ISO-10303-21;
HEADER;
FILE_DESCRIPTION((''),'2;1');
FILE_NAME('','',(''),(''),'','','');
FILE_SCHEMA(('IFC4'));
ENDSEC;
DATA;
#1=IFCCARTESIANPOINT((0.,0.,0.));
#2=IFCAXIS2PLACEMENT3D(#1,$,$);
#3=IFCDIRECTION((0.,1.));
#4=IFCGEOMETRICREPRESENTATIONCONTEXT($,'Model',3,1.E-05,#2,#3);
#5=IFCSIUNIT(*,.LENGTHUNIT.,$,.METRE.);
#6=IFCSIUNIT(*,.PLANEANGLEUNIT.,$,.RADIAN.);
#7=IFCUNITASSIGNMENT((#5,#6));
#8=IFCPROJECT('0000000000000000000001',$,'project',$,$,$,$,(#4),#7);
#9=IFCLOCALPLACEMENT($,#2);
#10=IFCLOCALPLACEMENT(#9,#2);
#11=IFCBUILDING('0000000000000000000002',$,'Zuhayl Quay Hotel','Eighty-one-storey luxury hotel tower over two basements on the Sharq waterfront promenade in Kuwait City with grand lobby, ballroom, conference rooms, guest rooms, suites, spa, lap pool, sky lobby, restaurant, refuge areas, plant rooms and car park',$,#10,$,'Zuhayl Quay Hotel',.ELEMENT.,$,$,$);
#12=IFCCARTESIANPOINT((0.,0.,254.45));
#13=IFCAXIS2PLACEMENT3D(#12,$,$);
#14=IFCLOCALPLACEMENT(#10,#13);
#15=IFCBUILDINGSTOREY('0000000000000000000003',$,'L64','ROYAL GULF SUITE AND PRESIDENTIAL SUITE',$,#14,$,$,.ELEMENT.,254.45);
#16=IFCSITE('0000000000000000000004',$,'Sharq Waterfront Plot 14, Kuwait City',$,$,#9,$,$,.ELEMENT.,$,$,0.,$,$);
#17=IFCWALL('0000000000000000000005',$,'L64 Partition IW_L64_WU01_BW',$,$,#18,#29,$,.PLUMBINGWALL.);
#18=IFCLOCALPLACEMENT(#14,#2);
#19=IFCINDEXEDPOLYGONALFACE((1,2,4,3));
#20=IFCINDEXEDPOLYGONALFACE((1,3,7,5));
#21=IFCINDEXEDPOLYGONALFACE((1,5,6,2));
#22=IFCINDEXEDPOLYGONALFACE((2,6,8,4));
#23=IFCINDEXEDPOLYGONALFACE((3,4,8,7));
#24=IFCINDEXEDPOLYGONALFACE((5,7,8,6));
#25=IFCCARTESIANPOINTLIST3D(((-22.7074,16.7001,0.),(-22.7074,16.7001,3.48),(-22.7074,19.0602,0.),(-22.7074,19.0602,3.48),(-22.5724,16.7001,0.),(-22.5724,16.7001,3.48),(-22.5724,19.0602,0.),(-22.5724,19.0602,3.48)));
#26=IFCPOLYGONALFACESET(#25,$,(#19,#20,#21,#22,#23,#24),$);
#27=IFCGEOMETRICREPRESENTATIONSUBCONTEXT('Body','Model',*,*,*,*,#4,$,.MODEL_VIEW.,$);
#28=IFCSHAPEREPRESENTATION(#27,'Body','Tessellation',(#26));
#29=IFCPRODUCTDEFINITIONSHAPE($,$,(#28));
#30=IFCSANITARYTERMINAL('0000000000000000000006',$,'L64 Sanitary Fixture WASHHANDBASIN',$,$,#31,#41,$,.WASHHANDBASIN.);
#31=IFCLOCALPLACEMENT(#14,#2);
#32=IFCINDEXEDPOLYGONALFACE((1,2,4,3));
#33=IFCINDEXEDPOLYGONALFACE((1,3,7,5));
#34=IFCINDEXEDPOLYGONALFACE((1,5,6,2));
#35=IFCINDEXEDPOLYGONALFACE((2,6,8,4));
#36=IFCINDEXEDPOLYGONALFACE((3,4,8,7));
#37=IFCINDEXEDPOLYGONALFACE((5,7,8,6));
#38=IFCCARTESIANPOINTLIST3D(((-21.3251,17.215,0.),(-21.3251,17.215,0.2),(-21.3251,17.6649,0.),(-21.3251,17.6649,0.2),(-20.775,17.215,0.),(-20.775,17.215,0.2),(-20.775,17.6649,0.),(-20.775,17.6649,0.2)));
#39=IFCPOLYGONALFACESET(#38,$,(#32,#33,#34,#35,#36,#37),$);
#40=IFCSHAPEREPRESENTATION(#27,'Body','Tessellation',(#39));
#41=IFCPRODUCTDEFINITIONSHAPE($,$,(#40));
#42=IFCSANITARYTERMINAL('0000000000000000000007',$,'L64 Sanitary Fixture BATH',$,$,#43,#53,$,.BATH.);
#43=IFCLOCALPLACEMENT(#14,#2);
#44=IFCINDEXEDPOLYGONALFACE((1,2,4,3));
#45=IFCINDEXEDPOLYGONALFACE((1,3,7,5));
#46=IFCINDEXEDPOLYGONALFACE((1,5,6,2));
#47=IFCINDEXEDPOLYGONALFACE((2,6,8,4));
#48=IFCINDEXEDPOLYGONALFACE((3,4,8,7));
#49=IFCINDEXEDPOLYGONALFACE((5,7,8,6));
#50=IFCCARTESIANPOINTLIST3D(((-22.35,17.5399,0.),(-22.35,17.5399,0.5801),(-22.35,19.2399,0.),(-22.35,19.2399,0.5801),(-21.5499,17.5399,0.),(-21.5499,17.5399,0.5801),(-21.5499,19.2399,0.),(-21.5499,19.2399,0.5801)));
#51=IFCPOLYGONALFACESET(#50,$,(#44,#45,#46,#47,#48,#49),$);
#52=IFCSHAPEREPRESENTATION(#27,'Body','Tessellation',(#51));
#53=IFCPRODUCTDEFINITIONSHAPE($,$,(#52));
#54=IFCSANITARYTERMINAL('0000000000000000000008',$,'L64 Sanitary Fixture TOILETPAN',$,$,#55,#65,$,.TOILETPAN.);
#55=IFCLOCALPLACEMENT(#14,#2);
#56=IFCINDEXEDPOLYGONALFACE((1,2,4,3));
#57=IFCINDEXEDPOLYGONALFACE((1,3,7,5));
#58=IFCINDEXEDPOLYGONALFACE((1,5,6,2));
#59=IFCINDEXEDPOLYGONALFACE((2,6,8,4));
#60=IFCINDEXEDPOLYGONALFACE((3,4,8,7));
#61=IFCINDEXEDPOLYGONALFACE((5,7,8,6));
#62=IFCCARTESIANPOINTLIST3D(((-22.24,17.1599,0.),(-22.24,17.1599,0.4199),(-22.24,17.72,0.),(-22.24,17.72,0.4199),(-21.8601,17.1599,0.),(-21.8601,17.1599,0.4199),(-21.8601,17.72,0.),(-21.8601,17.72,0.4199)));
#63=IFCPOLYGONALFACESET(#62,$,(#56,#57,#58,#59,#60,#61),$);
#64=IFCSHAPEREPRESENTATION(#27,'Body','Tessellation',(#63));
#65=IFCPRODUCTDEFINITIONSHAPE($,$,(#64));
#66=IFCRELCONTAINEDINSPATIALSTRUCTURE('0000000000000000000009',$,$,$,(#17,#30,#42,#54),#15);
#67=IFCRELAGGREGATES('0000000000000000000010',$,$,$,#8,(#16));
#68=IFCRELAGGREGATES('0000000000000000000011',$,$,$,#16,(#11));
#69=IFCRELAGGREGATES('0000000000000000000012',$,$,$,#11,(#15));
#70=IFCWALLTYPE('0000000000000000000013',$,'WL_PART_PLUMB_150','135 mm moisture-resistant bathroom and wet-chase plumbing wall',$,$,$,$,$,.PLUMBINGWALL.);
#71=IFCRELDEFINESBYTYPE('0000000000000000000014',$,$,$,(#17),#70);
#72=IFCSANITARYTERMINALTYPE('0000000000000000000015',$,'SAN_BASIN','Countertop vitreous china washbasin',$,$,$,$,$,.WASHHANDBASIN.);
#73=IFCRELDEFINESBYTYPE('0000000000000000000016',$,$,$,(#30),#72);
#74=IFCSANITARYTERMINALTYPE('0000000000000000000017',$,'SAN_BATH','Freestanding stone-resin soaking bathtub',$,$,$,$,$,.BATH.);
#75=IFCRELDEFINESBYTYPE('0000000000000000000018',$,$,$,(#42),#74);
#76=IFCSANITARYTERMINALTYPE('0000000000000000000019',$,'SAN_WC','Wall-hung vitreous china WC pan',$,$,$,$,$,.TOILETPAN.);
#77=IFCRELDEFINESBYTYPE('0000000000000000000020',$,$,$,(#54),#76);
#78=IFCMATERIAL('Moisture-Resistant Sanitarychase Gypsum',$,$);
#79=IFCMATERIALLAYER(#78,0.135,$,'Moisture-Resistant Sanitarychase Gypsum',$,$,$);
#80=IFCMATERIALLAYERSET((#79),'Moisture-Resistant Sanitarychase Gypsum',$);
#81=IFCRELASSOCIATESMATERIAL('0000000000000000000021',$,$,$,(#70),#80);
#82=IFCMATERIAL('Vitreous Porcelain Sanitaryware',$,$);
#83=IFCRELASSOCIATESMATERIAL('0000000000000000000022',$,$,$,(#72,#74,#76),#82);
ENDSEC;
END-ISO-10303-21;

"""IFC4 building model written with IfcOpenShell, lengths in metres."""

from ifc_helpers import new_model, si_unit, direction, frame, frame_2d, origin, origin_2d, place, context, subcontext, project, spatial, rectangle, extrude, material, layer, layer_set, type_object, element, save


model = new_model("IFC4")

# Units and contexts
model_context = context("Model", 3, precision=1e-05, world=origin(), true_north=direction((0.0, 1.0)))
body_context = subcontext(model_context, "Body", "Model", "MODEL_VIEW")
ifc_project = project(units=[si_unit("LENGTHUNIT", "METRE"), si_unit("PLANEANGLEUNIT", "RADIAN")], contexts=[model_context])

# Site, building, storey
site_placement = place(None, origin())
site = spatial("IfcSite", under=ifc_project, at=site_placement, Name="Sharq Waterfront Plot 14, Kuwait City", CompositionType="ELEMENT", RefElevation=0.0)
building_placement = place(site_placement, origin())
building = spatial("IfcBuilding", under=site, at=building_placement, Name="Zuhayl Quay Hotel", Description="Eighty-one-storey luxury hotel tower over two basements on the Sharq waterfront promenade in Kuwait City with grand lobby, ballroom, conference rooms, guest rooms, suites, spa, lap pool, sky lobby, restaurant, refuge areas, plant rooms and car park", LongName="Zuhayl Quay Hotel", CompositionType="ELEMENT")
storey_placement = place(building_placement, frame((0.0, 0.0, 254.45)))
storey = spatial("IfcBuildingStorey", under=building, at=storey_placement, Name="L64", Description="ROYAL GULF SUITE AND PRESIDENTIAL SUITE", CompositionType="ELEMENT", Elevation=254.45)

# Shared definitions
ifc_material_1 = material(Name="Moisture-Resistant Sanitarychase Gypsum")
ifc_layer_1 = layer(ifc_material_1, 0.135, Name="Moisture-Resistant Sanitarychase Gypsum")
ifc_layer_set_1 = layer_set([ifc_layer_1], Name="Moisture-Resistant Sanitarychase Gypsum")
wall_type_1 = type_object("IfcWallType", Name="WL_PART_PLUMB_150", Description="135 mm moisture-resistant bathroom and wet-chase plumbing wall", PredefinedType="PLUMBINGWALL", material=ifc_layer_set_1)

# Wall
wall_1_placement = place(storey_placement, frame((-22.6399, 16.7, 0.0), z_axis=(0.0, 0.0, 1.0), x_axis=(0.0, 1.0, 0.0)))
element("IfcWall", 1, at=wall_1_placement, inside=storey, type_object=wall_type_1, Name="L64 Partition IW_L64_WU01_BW", PredefinedType="PLUMBINGWALL", context=body_context, shape_type="SweptSolid", body=[
    extrude(rectangle(XDim=2.3601, YDim=0.135, at=frame_2d((1.1802, 0.0))), origin(), (0.0, 0.0, 1.0), 3.48),
])

# Sanitary terminals
ifc_material_2 = material(Name="Vitreous Porcelain Sanitaryware")
sanitary_terminal_type_1 = type_object("IfcSanitaryTerminalType", Name="SAN_BASIN", Description="Countertop vitreous china washbasin", PredefinedType="WASHHANDBASIN", material=ifc_material_2)
sanitary_terminal_1_placement = place(storey_placement, frame((-21.05, 17.4399, 0.0), z_axis=(0.0, 0.0, 1.0), x_axis=(1.0, 0.0, 0.0)))
element("IfcSanitaryTerminal", 2, at=sanitary_terminal_1_placement, inside=storey, type_object=sanitary_terminal_type_1, Name="L64 Sanitary Fixture WASHHANDBASIN", PredefinedType="WASHHANDBASIN", context=body_context, shape_type="SweptSolid", body=[
    extrude(rectangle(XDim=0.55, YDim=0.45, at=origin_2d()), origin(), (0.0, 0.0, 1.0), 0.2),
])
sanitary_terminal_type_2 = type_object("IfcSanitaryTerminalType", Name="SAN_BATH", Description="Freestanding stone-resin soaking bathtub", PredefinedType="BATH", material=ifc_material_2)
sanitary_terminal_2_placement = place(storey_placement, frame((-21.95, 18.3899, 0.0), z_axis=(0.0, 0.0, 1.0), x_axis=(1.0, 0.0, 0.0)))
element("IfcSanitaryTerminal", 3, at=sanitary_terminal_2_placement, inside=storey, type_object=sanitary_terminal_type_2, Name="L64 Sanitary Fixture BATH", PredefinedType="BATH", context=body_context, shape_type="SweptSolid", body=[
    extrude(rectangle(XDim=0.8, YDim=1.7, at=origin_2d()), origin(), (0.0, 0.0, 1.0), 0.5801),
])
sanitary_terminal_type_3 = type_object("IfcSanitaryTerminalType", Name="SAN_WC", Description="Wall-hung vitreous china WC pan", PredefinedType="TOILETPAN", material=ifc_material_2)
sanitary_terminal_3_placement = place(storey_placement, frame((-22.05, 17.4399, 0.0), z_axis=(0.0, 0.0, 1.0), x_axis=(1.0, 0.0, 0.0)))
element("IfcSanitaryTerminal", 4, at=sanitary_terminal_3_placement, inside=storey, type_object=sanitary_terminal_type_3, Name="L64 Sanitary Fixture TOILETPAN", PredefinedType="TOILETPAN", context=body_context, shape_type="SweptSolid", body=[
    extrude(rectangle(XDim=0.3799, YDim=0.5601, at=origin_2d()), origin(), (0.0, 0.0, 1.0), 0.4199),
])

save(model, "model.ifc")
